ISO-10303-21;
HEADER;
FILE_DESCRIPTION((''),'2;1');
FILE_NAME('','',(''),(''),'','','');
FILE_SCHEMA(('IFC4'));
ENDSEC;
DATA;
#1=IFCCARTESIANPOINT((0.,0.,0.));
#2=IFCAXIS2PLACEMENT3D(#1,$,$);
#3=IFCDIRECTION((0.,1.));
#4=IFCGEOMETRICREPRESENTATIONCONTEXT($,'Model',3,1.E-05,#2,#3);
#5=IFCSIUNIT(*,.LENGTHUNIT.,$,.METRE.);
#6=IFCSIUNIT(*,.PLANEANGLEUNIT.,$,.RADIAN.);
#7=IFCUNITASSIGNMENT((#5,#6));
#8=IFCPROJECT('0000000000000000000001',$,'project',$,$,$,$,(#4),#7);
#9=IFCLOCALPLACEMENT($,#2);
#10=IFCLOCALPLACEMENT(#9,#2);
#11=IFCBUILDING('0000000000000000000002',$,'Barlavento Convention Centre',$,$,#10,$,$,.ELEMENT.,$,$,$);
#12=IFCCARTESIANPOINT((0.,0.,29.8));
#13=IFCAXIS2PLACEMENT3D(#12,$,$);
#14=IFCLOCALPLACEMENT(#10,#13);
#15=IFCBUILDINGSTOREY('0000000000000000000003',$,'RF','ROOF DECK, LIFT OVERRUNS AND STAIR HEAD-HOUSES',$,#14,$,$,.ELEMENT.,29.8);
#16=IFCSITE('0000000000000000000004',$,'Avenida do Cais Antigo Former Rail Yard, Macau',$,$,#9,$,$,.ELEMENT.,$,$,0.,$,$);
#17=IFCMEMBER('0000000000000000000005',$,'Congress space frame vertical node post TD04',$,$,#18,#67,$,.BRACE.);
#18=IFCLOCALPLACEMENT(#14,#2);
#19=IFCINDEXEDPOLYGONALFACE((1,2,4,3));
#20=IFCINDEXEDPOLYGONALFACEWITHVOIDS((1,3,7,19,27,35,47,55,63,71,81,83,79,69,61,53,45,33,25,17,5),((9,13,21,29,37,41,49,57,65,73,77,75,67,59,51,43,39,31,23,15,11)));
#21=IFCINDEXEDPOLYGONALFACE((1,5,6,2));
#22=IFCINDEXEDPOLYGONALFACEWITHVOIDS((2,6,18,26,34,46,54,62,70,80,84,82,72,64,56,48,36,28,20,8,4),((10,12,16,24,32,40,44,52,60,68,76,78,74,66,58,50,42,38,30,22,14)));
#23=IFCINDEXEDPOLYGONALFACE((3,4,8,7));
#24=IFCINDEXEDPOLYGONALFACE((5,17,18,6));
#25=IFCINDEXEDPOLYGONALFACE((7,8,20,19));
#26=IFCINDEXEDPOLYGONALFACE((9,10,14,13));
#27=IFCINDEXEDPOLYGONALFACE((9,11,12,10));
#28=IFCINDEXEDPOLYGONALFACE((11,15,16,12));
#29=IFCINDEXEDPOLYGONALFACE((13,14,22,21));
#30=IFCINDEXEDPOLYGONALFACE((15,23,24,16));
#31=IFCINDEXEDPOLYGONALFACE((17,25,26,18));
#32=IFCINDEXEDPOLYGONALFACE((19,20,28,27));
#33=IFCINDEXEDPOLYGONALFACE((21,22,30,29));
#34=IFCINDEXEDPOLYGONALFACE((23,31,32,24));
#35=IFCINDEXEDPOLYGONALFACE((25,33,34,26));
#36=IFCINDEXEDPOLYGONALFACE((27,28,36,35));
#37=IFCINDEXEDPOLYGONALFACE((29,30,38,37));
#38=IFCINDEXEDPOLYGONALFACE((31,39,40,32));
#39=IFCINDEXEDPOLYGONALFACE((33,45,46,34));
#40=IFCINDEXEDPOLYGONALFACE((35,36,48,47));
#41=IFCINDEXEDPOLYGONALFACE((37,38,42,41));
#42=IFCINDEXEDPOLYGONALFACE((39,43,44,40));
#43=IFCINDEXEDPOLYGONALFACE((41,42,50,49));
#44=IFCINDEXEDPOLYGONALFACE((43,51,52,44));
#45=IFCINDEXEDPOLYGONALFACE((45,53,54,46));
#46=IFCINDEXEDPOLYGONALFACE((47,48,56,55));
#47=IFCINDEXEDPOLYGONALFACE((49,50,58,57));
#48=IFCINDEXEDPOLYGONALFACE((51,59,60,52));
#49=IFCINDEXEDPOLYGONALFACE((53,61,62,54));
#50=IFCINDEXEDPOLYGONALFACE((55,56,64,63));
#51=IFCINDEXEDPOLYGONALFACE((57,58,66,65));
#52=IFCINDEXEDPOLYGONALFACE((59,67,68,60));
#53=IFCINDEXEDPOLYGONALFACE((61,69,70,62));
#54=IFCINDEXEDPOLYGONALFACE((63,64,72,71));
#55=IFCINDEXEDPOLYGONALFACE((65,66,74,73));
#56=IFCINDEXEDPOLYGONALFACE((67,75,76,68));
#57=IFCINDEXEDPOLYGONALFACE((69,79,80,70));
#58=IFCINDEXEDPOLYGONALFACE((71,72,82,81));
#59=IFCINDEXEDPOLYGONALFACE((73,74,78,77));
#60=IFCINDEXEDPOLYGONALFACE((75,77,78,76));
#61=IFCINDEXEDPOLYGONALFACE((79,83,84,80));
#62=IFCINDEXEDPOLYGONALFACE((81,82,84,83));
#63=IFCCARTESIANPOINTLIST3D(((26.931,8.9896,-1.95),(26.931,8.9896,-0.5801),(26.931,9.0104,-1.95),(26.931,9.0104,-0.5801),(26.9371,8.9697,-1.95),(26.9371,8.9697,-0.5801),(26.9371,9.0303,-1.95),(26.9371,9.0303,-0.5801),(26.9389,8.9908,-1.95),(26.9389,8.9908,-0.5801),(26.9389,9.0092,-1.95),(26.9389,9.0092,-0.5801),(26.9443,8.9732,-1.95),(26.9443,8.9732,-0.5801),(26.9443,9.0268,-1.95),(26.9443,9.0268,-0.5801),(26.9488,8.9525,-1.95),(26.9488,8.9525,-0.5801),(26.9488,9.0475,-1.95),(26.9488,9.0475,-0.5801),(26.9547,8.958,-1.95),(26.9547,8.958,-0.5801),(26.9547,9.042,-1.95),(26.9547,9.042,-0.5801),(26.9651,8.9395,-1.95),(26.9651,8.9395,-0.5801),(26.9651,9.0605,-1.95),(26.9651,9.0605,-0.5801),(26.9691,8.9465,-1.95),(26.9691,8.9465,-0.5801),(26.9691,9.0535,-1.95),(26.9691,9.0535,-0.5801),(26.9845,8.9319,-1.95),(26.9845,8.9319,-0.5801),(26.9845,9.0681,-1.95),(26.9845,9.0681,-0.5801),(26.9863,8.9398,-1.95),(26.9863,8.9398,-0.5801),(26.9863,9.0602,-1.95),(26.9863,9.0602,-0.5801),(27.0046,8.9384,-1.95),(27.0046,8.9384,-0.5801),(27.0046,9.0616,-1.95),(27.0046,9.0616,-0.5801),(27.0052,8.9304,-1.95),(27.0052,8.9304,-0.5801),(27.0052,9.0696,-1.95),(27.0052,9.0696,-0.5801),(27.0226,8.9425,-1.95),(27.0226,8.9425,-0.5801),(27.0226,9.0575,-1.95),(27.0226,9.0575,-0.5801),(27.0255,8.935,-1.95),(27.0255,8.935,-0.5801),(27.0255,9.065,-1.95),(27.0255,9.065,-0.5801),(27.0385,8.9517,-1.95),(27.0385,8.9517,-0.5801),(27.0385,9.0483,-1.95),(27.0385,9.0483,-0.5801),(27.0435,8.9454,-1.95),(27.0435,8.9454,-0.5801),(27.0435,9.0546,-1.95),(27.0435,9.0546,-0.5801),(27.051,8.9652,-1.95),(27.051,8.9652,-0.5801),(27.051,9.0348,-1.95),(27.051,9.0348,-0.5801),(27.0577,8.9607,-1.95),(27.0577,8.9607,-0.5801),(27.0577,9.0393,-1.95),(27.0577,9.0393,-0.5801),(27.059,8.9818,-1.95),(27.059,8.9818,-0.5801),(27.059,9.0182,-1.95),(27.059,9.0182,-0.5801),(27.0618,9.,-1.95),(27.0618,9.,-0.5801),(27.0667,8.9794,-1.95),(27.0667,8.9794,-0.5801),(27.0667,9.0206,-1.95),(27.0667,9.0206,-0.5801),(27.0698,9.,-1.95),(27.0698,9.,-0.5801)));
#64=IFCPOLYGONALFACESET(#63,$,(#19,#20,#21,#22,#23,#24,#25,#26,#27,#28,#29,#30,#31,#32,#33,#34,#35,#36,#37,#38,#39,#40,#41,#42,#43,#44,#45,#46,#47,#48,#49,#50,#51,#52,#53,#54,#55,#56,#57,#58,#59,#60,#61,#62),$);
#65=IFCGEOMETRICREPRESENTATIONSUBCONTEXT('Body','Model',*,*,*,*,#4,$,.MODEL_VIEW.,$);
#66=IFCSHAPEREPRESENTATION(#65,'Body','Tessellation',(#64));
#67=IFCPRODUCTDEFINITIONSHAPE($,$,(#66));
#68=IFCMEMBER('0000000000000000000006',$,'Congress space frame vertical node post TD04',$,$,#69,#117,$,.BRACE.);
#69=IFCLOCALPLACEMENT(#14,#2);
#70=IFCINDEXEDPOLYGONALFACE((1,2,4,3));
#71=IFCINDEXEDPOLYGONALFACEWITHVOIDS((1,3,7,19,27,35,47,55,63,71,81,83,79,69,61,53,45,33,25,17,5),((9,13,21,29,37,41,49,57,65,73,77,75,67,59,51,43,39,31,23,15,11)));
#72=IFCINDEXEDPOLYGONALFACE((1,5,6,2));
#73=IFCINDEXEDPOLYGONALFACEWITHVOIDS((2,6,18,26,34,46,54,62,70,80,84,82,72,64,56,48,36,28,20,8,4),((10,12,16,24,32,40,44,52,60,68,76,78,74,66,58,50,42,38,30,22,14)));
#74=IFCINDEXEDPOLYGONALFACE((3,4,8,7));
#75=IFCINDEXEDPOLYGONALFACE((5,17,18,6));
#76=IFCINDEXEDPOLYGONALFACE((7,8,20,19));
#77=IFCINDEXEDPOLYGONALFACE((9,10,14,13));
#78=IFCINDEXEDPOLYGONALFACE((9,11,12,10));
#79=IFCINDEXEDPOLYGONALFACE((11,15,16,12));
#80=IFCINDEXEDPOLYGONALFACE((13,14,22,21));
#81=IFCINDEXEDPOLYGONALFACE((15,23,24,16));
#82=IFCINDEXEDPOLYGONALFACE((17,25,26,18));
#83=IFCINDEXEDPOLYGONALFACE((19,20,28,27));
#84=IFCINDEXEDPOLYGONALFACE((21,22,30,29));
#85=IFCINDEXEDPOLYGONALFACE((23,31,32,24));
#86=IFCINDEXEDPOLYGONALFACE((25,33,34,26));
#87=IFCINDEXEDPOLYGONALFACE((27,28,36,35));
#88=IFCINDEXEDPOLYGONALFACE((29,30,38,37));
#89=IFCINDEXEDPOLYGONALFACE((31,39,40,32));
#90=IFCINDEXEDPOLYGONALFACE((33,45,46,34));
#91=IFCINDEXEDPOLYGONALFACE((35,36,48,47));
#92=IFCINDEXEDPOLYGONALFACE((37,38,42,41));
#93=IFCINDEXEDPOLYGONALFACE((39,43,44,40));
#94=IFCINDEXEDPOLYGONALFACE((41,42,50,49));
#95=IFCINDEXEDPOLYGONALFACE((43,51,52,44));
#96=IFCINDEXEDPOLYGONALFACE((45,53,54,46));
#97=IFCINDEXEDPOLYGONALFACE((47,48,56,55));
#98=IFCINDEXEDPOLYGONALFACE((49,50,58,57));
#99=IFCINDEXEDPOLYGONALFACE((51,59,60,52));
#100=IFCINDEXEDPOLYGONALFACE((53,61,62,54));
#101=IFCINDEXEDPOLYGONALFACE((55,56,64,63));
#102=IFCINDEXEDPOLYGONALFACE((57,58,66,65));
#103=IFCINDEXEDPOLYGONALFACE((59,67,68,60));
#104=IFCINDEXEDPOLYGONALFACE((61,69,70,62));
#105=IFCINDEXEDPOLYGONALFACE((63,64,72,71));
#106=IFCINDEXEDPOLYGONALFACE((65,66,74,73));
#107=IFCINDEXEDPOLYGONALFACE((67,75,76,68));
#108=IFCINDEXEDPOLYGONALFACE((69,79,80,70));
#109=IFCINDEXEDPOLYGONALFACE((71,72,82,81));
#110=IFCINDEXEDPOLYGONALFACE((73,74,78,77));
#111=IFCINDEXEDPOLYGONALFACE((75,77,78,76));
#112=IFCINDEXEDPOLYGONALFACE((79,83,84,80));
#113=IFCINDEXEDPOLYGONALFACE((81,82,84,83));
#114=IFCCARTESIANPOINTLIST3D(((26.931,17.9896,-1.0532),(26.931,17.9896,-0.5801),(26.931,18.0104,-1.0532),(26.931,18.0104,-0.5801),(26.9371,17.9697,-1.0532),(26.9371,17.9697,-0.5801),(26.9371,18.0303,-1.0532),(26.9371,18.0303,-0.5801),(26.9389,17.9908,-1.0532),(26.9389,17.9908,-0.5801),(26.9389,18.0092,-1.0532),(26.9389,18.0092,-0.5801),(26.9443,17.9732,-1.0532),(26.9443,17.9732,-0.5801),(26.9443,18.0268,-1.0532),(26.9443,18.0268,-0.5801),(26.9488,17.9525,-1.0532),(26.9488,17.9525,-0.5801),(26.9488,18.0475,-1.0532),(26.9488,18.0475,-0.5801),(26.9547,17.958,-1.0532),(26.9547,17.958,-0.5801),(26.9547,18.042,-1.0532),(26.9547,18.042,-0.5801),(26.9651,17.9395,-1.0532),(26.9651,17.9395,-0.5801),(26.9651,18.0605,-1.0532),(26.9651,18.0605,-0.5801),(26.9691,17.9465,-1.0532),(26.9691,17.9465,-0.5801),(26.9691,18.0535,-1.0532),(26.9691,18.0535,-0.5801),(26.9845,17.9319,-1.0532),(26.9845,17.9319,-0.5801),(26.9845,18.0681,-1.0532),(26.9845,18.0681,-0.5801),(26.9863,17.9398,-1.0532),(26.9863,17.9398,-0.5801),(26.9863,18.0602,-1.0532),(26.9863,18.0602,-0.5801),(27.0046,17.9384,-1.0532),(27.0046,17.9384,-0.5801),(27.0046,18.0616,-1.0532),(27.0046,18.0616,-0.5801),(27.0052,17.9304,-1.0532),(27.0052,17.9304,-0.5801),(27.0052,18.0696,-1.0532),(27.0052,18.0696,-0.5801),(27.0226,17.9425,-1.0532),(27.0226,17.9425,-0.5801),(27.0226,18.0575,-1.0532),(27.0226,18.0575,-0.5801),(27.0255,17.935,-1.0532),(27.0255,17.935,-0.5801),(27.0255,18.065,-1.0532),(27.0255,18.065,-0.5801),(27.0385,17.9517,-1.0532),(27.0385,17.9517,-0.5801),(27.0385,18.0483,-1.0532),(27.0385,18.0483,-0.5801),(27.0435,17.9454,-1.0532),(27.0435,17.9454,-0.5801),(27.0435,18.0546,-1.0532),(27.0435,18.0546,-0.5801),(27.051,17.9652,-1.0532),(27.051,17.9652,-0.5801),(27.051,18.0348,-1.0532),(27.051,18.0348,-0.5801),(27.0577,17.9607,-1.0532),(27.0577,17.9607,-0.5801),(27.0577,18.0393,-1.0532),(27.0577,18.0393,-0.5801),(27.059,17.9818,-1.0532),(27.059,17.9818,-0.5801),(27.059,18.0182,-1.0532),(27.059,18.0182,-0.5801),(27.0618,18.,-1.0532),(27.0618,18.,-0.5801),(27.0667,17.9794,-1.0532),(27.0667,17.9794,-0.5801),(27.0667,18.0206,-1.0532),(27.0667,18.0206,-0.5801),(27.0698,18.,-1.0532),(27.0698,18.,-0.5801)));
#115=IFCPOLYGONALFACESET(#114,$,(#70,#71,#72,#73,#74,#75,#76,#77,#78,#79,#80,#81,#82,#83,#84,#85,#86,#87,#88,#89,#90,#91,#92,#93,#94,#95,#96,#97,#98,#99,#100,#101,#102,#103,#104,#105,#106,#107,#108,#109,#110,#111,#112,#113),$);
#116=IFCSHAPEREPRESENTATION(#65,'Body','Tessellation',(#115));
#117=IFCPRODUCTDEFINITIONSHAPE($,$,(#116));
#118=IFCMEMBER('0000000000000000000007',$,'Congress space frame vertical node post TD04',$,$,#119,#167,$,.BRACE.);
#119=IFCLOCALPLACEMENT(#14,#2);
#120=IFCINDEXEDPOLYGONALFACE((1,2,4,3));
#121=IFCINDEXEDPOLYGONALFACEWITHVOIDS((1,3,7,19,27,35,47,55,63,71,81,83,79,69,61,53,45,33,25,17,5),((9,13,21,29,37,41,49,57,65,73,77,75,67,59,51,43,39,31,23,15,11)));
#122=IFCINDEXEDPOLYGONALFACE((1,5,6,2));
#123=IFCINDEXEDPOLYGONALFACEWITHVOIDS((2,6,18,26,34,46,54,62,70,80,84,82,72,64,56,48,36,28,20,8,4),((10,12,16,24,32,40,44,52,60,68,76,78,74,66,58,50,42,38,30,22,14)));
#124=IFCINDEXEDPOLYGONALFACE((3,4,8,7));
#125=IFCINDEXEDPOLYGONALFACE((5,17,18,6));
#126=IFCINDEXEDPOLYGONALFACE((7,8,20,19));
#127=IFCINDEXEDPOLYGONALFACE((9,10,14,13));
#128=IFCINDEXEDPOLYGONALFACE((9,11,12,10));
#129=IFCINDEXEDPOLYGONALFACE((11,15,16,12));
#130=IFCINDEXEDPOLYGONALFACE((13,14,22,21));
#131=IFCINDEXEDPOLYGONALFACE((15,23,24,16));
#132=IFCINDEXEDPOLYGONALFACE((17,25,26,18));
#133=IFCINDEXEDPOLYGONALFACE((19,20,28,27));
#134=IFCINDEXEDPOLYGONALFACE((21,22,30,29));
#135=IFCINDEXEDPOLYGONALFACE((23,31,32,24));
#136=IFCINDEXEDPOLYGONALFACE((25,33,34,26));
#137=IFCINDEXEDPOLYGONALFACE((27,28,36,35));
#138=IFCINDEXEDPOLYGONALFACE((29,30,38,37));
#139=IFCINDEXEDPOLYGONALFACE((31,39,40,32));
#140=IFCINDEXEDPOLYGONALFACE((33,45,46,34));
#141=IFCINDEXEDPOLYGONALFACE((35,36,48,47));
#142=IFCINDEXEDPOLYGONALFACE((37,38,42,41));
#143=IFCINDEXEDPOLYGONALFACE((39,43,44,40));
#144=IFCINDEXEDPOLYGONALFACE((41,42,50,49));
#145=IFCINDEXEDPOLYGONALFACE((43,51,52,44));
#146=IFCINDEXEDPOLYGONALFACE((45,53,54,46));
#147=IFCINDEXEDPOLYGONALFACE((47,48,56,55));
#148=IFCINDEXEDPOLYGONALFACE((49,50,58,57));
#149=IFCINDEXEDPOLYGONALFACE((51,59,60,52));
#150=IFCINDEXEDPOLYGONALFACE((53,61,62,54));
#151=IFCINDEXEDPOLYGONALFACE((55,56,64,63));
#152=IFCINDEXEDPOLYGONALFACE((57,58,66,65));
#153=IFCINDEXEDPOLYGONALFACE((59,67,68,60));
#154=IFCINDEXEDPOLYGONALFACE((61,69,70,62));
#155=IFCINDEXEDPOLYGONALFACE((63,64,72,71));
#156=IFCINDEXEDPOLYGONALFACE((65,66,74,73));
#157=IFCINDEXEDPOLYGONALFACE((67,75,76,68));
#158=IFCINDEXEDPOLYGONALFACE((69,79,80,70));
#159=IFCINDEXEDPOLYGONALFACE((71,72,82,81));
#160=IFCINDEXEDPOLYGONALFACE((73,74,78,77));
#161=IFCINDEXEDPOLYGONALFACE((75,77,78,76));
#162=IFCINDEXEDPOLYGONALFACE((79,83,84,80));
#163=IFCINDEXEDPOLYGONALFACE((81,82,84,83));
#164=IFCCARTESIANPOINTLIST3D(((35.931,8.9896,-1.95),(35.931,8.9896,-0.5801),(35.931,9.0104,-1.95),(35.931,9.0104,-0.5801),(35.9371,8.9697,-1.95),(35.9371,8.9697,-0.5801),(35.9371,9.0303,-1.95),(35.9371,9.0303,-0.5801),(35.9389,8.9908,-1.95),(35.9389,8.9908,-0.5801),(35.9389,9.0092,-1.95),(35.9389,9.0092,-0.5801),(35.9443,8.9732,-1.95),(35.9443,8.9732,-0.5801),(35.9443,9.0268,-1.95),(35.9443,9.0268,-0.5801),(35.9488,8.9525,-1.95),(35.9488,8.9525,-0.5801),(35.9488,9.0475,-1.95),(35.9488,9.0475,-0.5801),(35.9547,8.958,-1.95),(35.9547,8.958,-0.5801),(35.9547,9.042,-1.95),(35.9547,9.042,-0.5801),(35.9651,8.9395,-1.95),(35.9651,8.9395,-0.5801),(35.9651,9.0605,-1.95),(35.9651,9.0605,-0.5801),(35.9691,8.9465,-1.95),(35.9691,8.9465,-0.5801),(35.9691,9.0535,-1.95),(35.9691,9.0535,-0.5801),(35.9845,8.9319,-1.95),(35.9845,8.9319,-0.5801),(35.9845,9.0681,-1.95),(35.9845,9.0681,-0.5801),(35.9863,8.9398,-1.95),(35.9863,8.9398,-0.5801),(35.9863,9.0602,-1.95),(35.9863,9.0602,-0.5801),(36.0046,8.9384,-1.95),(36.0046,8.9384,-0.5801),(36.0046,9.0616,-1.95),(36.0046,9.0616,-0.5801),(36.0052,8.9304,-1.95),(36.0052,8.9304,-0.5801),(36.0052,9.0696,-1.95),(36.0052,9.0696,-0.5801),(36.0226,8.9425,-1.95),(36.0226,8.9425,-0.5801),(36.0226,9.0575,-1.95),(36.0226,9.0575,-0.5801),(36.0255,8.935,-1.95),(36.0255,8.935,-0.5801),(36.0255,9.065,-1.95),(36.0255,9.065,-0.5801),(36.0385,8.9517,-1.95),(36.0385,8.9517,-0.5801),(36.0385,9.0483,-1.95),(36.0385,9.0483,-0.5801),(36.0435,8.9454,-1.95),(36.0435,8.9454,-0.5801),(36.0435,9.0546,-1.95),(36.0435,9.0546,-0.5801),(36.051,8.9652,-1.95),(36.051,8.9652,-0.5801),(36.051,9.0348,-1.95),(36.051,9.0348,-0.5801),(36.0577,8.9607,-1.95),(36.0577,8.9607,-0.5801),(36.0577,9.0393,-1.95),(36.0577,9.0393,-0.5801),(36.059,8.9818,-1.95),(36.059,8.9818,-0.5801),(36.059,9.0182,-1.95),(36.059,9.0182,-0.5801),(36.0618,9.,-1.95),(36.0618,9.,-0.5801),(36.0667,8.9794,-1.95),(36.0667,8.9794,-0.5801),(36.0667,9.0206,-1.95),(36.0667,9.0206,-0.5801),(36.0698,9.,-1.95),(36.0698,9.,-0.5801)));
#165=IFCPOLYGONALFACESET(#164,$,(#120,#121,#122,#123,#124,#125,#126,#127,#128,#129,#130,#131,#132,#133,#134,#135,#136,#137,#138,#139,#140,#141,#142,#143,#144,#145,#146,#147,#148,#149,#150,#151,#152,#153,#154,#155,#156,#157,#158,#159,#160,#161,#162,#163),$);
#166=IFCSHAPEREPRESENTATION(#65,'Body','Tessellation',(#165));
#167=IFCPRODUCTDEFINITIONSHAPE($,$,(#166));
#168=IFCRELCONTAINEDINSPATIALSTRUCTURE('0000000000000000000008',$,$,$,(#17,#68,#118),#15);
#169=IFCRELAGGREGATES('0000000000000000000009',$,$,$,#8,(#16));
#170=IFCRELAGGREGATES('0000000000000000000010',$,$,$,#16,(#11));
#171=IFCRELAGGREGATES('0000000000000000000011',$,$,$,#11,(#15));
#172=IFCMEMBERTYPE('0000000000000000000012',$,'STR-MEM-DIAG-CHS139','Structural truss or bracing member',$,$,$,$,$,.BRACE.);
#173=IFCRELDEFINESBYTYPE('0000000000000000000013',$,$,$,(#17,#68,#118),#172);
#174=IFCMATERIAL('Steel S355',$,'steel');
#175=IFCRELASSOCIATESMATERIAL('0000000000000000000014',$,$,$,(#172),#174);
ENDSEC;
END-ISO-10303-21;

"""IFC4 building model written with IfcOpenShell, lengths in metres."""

from ifc_helpers import new_model, si_unit, direction, frame, origin, origin_2d, place, context, subcontext, project, spatial, hollow_circle, extrude, material, material_profile, profile_set, type_object, element, save


model = new_model("IFC4")

# Units and contexts
model_context = context("Model", 3, precision=1e-05, world=origin(), true_north=direction((0.0, 1.0)))
body_context = subcontext(model_context, "Body", "Model", "MODEL_VIEW")
ifc_project = project(units=[si_unit("LENGTHUNIT", "METRE"), si_unit("PLANEANGLEUNIT", "RADIAN")], contexts=[model_context])

# Site, building, storey
site_placement = place(None, origin())
site = spatial("IfcSite", under=ifc_project, at=site_placement, Name="Avenida do Cais Antigo Former Rail Yard, Macau", CompositionType="ELEMENT", RefElevation=0.0)
building_placement = place(site_placement, origin())
building = spatial("IfcBuilding", under=site, at=building_placement, Name="Barlavento Convention Centre", CompositionType="ELEMENT")
storey_placement = place(building_placement, frame((0.0, 0.0, 29.8)))
storey = spatial("IfcBuildingStorey", under=building, at=storey_placement, Name="RF", Description="ROOF DECK, LIFT OVERRUNS AND STAIR HEAD-HOUSES", CompositionType="ELEMENT", Elevation=29.8)

# Members
ifc_material_1 = material(Name="Steel S355", Category="steel")
ifc_material_profile_1 = material_profile(ifc_material_1, hollow_circle(Radius=0.0698, WallThickness=0.0081, at=origin_2d()), Name="CHS 139.7x8.0")
ifc_profile_set_1 = profile_set([ifc_material_profile_1], Name="Steel S355")
member_type_1 = type_object("IfcMemberType", Name="STR-MEM-DIAG-CHS139", Description="Structural truss or bracing member", PredefinedType="BRACE", material=ifc_profile_set_1)
member_1_placement = place(storey_placement, frame((27.0, 9.0, -1.95), z_axis=(0.0, 0.0, 1.0), x_axis=(1.0, 0.0, 0.0)))
element("IfcMember", 1, at=member_1_placement, inside=storey, type_object=member_type_1, Name="Congress space frame vertical node post TD04", PredefinedType="BRACE", context=body_context, shape_type="SweptSolid", body=[
    extrude(hollow_circle(Radius=0.0698, WallThickness=0.0081, at=origin_2d()), origin(), (0.0, 0.0, 1.0), 1.3699),
])
member_2_placement = place(storey_placement, frame((27.0, 18.0, -1.0532), z_axis=(0.0, 0.0, 1.0), x_axis=(1.0, 0.0, 0.0)))
element("IfcMember", 2, at=member_2_placement, inside=storey, type_object=member_type_1, Name="Congress space frame vertical node post TD04", PredefinedType="BRACE", context=body_context, shape_type="SweptSolid", body=[
    extrude(hollow_circle(Radius=0.0698, WallThickness=0.0081, at=origin_2d()), origin(), (0.0, 0.0, 1.0), 0.4731),
])
member_3_placement = place(storey_placement, frame((36.0, 9.0, -1.95), z_axis=(0.0, 0.0, 1.0), x_axis=(1.0, 0.0, 0.0)))
element("IfcMember", 3, at=member_3_placement, inside=storey, type_object=member_type_1, Name="Congress space frame vertical node post TD04", PredefinedType="BRACE", context=body_context, shape_type="SweptSolid", body=[
    extrude(hollow_circle(Radius=0.0698, WallThickness=0.0081, at=origin_2d()), origin(), (0.0, 0.0, 1.0), 1.3699),
])

save(model, "model.ifc")
